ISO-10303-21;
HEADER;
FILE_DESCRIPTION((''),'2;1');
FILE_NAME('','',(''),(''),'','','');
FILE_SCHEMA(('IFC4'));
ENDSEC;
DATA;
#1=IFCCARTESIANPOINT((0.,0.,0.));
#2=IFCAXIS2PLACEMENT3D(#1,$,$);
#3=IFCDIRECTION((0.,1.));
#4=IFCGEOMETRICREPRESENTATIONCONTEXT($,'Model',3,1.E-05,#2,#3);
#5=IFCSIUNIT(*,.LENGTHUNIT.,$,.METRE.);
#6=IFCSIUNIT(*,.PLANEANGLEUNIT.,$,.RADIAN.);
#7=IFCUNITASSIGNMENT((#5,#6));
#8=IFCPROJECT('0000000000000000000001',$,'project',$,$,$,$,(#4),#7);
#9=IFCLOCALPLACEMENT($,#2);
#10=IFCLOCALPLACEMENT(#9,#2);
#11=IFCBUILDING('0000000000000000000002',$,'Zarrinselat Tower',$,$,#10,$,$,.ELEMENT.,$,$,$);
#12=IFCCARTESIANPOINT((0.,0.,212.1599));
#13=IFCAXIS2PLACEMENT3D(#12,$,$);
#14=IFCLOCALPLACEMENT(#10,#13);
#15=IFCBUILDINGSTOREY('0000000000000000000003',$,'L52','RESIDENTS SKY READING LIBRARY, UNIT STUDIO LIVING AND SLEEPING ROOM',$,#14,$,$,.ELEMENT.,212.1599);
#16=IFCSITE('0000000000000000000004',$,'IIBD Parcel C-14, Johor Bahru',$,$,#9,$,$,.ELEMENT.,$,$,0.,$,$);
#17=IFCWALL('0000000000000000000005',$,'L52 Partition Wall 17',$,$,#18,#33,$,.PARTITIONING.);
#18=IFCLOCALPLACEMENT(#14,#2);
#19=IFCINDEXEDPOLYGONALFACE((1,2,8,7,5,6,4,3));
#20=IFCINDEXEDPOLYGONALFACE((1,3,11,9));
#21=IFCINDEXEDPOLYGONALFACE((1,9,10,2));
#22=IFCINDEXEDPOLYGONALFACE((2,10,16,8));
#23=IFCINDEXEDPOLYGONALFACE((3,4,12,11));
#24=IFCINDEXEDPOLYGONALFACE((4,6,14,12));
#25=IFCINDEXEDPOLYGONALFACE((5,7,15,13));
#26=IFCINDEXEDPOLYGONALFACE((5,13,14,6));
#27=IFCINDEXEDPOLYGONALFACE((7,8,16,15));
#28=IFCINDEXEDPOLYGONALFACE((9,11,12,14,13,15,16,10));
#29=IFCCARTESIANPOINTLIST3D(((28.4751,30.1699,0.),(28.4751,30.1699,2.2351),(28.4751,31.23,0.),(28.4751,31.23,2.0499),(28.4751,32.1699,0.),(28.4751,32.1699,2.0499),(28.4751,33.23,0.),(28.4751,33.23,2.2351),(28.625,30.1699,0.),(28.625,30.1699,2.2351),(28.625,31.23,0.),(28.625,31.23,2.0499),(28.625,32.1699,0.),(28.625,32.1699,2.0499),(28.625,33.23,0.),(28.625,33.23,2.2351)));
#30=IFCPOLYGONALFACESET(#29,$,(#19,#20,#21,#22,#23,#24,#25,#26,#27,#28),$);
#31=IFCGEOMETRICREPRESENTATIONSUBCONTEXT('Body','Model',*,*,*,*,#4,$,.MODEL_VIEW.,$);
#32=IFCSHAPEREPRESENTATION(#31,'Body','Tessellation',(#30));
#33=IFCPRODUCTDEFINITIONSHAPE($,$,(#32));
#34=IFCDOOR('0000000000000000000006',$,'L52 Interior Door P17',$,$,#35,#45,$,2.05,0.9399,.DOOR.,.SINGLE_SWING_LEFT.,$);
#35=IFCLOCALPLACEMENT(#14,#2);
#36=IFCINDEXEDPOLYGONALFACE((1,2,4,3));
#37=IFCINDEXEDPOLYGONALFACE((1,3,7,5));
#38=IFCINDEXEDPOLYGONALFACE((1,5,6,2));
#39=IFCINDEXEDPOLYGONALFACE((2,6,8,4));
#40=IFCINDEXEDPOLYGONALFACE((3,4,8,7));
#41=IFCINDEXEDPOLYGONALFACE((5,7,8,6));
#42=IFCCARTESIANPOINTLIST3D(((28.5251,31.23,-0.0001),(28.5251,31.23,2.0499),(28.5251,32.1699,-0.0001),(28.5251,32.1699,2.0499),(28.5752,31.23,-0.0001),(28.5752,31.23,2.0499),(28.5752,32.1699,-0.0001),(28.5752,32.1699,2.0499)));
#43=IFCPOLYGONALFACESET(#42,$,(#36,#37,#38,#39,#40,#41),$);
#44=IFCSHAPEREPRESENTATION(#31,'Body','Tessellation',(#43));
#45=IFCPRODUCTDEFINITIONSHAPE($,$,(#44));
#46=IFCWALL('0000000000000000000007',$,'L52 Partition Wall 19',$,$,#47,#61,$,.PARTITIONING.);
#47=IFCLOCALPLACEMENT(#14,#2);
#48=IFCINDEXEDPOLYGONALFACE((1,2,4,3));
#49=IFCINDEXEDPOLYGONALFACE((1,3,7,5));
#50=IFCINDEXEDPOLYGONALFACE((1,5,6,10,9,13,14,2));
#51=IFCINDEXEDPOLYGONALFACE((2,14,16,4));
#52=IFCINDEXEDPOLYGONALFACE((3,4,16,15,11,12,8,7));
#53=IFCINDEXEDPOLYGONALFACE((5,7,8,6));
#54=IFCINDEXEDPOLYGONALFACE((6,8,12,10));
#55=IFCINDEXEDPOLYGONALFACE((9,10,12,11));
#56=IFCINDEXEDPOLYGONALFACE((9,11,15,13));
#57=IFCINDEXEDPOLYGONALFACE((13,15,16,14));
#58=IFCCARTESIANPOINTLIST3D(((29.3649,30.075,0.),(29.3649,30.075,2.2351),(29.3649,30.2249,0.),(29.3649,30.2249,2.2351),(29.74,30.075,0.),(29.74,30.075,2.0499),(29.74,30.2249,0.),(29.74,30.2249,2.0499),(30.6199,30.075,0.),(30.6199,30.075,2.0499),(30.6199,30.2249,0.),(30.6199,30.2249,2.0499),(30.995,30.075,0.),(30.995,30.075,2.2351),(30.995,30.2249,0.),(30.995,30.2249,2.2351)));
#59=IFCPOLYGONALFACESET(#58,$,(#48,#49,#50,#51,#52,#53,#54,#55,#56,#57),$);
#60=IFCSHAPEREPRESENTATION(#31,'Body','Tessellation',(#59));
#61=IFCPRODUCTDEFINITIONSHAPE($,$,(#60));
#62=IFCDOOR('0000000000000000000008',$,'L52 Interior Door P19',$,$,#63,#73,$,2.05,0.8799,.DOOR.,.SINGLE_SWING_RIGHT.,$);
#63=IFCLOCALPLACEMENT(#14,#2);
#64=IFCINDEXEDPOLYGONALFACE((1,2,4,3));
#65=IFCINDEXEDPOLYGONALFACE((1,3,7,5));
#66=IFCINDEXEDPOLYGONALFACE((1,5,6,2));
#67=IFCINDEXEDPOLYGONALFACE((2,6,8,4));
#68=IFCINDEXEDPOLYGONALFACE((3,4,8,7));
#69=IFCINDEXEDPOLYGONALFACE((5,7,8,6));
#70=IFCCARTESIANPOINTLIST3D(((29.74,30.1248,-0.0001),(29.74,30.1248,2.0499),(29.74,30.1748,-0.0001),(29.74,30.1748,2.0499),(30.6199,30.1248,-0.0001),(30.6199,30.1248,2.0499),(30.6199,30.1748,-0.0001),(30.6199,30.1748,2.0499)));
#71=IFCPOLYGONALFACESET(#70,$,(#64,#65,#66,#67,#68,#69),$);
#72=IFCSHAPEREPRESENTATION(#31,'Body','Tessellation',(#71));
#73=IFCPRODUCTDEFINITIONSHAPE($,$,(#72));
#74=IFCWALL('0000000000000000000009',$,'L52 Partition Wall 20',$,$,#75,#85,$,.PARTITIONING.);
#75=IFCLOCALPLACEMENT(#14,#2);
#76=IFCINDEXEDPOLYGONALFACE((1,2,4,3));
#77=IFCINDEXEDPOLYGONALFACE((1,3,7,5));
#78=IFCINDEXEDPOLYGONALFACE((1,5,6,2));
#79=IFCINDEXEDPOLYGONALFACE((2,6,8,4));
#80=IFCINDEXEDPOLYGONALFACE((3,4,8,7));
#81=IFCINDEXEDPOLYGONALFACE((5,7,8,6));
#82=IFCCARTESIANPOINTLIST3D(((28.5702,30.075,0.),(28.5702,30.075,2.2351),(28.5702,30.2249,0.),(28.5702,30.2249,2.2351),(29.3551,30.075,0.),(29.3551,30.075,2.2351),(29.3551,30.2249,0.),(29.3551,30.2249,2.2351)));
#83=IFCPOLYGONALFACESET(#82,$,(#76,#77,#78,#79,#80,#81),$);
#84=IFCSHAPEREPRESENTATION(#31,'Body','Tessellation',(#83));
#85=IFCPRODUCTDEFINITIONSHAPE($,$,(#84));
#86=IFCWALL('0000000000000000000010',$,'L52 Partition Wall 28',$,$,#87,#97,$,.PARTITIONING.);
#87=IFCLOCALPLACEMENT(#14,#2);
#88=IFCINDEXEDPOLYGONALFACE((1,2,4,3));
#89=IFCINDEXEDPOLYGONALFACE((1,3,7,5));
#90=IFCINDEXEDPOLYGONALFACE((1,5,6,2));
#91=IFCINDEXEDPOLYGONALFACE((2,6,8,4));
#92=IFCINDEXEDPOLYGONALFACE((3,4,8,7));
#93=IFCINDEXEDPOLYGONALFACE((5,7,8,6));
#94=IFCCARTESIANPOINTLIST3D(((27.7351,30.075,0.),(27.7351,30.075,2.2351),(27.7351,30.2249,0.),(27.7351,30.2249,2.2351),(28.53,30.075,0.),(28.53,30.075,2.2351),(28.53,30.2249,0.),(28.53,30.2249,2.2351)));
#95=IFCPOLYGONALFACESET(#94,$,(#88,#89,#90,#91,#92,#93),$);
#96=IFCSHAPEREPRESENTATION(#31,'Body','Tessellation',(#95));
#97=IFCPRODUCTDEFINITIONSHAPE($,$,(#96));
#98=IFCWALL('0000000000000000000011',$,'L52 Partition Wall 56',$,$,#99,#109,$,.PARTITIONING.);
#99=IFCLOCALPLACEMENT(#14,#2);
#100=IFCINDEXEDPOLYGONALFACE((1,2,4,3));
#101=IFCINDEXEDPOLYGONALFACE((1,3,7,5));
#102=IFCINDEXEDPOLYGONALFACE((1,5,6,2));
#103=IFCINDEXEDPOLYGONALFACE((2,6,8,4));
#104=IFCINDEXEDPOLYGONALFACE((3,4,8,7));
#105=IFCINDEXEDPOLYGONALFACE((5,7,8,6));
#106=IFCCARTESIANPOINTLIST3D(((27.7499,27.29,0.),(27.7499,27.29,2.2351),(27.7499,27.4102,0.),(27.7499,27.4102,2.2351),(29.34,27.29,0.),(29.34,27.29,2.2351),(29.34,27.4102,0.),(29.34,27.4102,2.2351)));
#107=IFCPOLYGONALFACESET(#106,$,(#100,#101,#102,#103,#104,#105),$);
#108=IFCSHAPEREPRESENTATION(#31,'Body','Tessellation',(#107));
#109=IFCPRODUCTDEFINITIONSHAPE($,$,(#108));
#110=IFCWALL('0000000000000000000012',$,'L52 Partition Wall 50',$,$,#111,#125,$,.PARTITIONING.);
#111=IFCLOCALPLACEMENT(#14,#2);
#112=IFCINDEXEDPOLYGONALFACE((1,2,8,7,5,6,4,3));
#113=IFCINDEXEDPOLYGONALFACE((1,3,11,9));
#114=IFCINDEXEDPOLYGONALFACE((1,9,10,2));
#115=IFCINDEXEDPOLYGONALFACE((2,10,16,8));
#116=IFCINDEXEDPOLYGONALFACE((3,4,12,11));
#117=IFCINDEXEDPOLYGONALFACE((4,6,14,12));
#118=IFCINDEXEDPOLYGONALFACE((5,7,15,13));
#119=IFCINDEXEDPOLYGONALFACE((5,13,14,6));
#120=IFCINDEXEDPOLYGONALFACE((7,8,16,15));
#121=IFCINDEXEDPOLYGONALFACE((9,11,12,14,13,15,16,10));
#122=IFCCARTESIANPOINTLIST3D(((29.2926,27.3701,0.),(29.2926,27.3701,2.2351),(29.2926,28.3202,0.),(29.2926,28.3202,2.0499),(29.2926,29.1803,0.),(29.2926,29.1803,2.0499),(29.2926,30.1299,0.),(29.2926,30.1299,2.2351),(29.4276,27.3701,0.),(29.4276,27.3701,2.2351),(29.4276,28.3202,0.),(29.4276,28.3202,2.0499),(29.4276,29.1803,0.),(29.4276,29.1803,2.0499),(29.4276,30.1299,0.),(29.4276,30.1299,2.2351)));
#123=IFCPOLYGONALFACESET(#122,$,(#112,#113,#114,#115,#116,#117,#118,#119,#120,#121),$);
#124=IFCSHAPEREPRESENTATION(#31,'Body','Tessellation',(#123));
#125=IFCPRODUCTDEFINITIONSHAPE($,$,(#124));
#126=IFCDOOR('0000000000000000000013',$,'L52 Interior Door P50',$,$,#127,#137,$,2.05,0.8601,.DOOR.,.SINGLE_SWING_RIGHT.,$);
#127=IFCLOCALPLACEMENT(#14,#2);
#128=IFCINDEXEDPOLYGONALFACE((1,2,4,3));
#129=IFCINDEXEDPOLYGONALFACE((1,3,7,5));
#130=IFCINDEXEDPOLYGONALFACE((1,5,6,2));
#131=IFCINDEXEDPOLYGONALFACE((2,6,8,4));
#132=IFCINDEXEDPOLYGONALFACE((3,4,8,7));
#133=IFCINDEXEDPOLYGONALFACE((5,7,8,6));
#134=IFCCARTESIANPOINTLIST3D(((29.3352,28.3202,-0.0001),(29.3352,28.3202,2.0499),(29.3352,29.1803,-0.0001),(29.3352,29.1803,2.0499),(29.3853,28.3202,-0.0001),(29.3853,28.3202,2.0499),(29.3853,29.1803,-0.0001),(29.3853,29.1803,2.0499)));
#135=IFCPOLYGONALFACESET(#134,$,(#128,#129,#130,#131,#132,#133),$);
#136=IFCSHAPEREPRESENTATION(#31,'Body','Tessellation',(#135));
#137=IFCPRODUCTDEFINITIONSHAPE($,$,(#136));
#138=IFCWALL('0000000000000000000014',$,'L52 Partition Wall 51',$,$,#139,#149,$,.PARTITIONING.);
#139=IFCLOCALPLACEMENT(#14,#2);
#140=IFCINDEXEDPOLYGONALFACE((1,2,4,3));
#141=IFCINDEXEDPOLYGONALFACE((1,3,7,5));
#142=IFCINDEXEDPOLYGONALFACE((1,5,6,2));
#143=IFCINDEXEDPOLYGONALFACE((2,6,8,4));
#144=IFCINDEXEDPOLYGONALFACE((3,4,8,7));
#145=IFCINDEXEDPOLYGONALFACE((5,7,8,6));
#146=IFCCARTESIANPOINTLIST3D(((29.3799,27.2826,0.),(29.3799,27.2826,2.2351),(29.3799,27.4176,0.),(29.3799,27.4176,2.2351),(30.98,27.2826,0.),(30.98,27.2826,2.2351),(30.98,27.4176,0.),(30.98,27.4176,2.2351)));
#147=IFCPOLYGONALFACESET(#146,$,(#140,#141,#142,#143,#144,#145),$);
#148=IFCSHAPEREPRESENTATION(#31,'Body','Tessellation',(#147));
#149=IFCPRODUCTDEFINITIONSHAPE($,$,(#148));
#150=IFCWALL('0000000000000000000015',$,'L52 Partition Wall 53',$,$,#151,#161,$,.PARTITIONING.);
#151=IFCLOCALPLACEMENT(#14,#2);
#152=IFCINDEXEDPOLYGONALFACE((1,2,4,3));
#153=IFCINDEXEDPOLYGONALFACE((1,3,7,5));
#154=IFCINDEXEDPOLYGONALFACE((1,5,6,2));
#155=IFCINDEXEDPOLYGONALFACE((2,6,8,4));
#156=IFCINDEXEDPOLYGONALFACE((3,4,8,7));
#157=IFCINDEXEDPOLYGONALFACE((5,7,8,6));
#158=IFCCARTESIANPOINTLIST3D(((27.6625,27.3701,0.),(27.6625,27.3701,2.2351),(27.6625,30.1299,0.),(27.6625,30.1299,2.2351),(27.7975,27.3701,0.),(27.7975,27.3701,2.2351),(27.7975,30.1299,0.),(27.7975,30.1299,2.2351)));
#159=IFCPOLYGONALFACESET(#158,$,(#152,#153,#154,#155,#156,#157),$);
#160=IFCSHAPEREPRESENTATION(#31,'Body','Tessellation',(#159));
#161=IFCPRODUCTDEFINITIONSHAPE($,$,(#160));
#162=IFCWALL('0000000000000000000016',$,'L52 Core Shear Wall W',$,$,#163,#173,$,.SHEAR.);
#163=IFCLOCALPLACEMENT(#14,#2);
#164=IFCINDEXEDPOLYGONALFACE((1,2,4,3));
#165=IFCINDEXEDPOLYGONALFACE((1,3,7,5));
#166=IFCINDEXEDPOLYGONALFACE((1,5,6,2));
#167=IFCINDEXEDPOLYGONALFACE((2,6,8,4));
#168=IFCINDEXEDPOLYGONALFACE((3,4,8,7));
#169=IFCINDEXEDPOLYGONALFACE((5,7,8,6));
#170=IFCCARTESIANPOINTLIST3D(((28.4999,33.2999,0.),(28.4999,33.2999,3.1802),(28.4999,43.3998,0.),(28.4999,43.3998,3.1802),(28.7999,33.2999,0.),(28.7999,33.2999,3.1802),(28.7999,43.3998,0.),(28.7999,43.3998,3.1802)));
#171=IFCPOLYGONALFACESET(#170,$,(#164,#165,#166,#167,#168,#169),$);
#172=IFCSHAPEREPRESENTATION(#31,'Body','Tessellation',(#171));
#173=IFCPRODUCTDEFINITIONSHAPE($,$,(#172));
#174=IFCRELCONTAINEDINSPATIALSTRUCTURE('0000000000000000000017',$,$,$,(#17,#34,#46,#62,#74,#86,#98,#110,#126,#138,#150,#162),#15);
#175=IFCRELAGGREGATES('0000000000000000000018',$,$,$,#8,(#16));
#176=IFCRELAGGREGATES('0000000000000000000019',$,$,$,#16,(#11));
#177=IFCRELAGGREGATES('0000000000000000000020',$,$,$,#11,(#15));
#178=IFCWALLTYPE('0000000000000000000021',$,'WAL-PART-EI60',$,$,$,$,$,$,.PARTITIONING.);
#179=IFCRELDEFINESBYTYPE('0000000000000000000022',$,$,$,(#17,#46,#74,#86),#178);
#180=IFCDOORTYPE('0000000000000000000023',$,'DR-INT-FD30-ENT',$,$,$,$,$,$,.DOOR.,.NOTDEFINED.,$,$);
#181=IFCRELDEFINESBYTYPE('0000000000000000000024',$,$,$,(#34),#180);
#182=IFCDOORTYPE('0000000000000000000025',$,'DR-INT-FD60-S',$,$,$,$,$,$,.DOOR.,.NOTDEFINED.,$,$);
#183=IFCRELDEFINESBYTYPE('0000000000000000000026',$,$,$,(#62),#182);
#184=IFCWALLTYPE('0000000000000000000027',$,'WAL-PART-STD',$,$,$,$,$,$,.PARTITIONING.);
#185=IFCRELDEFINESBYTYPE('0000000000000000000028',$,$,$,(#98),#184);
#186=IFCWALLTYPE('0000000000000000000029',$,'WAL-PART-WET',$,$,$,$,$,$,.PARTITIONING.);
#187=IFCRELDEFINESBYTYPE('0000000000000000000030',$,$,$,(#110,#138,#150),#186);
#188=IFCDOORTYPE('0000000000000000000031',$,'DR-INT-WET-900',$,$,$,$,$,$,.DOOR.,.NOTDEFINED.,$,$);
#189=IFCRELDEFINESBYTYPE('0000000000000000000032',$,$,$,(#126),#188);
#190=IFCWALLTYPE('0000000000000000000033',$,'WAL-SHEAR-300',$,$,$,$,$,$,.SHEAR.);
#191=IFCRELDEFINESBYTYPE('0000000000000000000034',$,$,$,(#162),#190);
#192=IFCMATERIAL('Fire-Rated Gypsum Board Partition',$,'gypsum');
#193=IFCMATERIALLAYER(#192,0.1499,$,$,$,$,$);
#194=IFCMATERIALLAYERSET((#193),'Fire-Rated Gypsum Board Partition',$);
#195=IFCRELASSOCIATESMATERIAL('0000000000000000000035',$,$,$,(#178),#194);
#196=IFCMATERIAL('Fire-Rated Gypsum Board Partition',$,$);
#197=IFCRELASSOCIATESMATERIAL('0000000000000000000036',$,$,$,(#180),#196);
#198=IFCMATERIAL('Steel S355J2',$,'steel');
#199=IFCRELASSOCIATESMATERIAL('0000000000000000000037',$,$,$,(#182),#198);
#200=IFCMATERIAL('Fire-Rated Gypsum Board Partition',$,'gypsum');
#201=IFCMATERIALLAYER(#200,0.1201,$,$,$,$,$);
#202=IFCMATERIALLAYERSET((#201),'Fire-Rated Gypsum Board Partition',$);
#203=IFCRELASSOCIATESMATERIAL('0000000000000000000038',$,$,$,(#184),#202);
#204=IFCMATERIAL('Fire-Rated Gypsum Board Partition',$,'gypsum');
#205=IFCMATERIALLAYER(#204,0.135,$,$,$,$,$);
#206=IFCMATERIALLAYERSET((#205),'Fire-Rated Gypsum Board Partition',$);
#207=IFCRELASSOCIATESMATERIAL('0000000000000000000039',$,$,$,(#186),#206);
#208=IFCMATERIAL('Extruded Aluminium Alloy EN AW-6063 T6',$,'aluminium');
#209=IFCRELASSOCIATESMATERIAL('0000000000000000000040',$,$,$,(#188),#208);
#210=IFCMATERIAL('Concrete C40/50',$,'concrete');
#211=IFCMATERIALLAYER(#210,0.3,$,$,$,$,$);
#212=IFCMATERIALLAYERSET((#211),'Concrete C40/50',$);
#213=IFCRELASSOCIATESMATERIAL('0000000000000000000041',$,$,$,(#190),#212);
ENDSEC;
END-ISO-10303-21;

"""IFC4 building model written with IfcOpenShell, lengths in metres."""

from ifc_helpers import new_model, si_unit, direction, frame, frame_2d, origin, place, context, subcontext, project, spatial, rectangle, extrude, material, layer, layer_set, type_object, element, fill, save


model = new_model("IFC4")

# Units and contexts
model_context = context("Model", 3, precision=1e-05, world=origin(), true_north=direction((0.0, 1.0)))
body_context = subcontext(model_context, "Body", "Model", "MODEL_VIEW")
ifc_project = project(units=[si_unit("LENGTHUNIT", "METRE"), si_unit("PLANEANGLEUNIT", "RADIAN")], contexts=[model_context])

# Site, building, storey
site_placement = place(None, origin())
site = spatial("IfcSite", under=ifc_project, at=site_placement, Name="IIBD Parcel C-14, Johor Bahru", CompositionType="ELEMENT", RefElevation=0.0)
building_placement = place(site_placement, origin())
building = spatial("IfcBuilding", under=site, at=building_placement, Name="Zarrinselat Tower", CompositionType="ELEMENT")
storey_placement = place(building_placement, frame((0.0, 0.0, 212.1599)))
storey = spatial("IfcBuildingStorey", under=building, at=storey_placement, Name="L52", Description="RESIDENTS SKY READING LIBRARY, UNIT STUDIO LIVING AND SLEEPING ROOM", CompositionType="ELEMENT", Elevation=212.1599)

# Walls, openings, doors
ifc_material_1 = material(Name="Fire-Rated Gypsum Board Partition", Category="gypsum")
ifc_layer_1 = layer(ifc_material_1, 0.1499)
ifc_layer_set_1 = layer_set([ifc_layer_1], Name="Fire-Rated Gypsum Board Partition")
wall_type_1 = type_object("IfcWallType", Name="WAL-PART-EI60", PredefinedType="PARTITIONING", material=ifc_layer_set_1)
wall_1_placement = place(storey_placement, frame((28.55, 30.1699, 0.0), z_axis=(0.0, 0.0, 1.0), x_axis=(0.0, 1.0, 0.0)))
wall_1 = element("IfcWall", 1, at=wall_1_placement, inside=storey, type_object=wall_type_1, Name="L52 Partition Wall 17", PredefinedType="PARTITIONING", context=body_context, shape_type="SweptSolid", body=[
    extrude(rectangle(XDim=3.0601, YDim=0.1499, at=frame_2d((1.53, 0.0))), origin(), (0.0, 0.0, 1.0), 2.2351),
])
opening_1_placement = place(wall_1_placement, frame((1.0601, 0.0, 0.0)))
opening_1 = element("IfcOpeningElement", 2, at=opening_1_placement, cuts=wall_1, PredefinedType="OPENING", context=body_context, shape_type="SweptSolid", body=[
    extrude(rectangle(XDim=0.9399, YDim=2.05, at=frame_2d((0.47, 1.0249))), frame((0.0, 0.085, 0.0), z_axis=(0.0, -1.0, 0.0), x_axis=(1.0, 0.0, 0.0)), (0.0, 0.0, 1.0), 0.1699),
])
ifc_material_2 = material(Name="Fire-Rated Gypsum Board Partition")
door_type_1 = type_object("IfcDoorType", Name="DR-INT-FD30-ENT", OperationType="NOTDEFINED", PredefinedType="DOOR", material=ifc_material_2)
door_1_placement = place(opening_1_placement, origin())
door_1 = element("IfcDoor", 3, at=door_1_placement, inside=storey, type_object=door_type_1, Name="L52 Interior Door P17", OperationType="SINGLE_SWING_LEFT", OverallHeight=2.05, OverallWidth=0.9399, PredefinedType="DOOR", context=body_context, shape_type="SweptSolid", body=[
    extrude(rectangle(XDim=0.9399, YDim=2.05, at=frame_2d((0.47, 1.0249))), frame((0.0, 0.0249, 0.0), z_axis=(0.0, -1.0, 0.0), x_axis=(1.0, 0.0, 0.0)), (0.0, 0.0, 1.0), 0.05),
])
fill(opening_1, door_1)
wall_2_placement = place(storey_placement, frame((29.365, 30.1499, 0.0), z_axis=(0.0, 0.0, 1.0), x_axis=(1.0, 0.0, 0.0)))
wall_2 = element("IfcWall", 4, at=wall_2_placement, inside=storey, type_object=wall_type_1, Name="L52 Partition Wall 19", PredefinedType="PARTITIONING", context=body_context, shape_type="SweptSolid", body=[
    extrude(rectangle(XDim=1.6301, YDim=0.1499, at=frame_2d((0.8149, 0.0))), origin(), (0.0, 0.0, 1.0), 2.2351),
])
opening_2_placement = place(wall_2_placement, frame((0.375, 0.0, 0.0)))
opening_2 = element("IfcOpeningElement", 5, at=opening_2_placement, cuts=wall_2, PredefinedType="OPENING", context=body_context, shape_type="SweptSolid", body=[
    extrude(rectangle(XDim=0.8799, YDim=2.05, at=frame_2d((0.4399, 1.0249))), frame((0.0, 0.085, 0.0), z_axis=(0.0, -1.0, 0.0), x_axis=(1.0, 0.0, 0.0)), (0.0, 0.0, 1.0), 0.1699),
])
ifc_material_3 = material(Name="Steel S355J2", Category="steel")
door_type_2 = type_object("IfcDoorType", Name="DR-INT-FD60-S", OperationType="NOTDEFINED", PredefinedType="DOOR", material=ifc_material_3)
door_2_placement = place(opening_2_placement, origin())
door_2 = element("IfcDoor", 6, at=door_2_placement, inside=storey, type_object=door_type_2, Name="L52 Interior Door P19", OperationType="SINGLE_SWING_RIGHT", OverallHeight=2.05, OverallWidth=0.8799, PredefinedType="DOOR", context=body_context, shape_type="SweptSolid", body=[
    extrude(rectangle(XDim=0.8799, YDim=2.05, at=frame_2d((0.4399, 1.0249))), frame((0.0, 0.0249, 0.0), z_axis=(0.0, -1.0, 0.0), x_axis=(1.0, 0.0, 0.0)), (0.0, 0.0, 1.0), 0.05),
])
fill(opening_2, door_2)

# Walls
wall_3_placement = place(storey_placement, frame((28.5701, 30.1499, 0.0), z_axis=(0.0, 0.0, 1.0), x_axis=(1.0, 0.0, 0.0)))
element("IfcWall", 7, at=wall_3_placement, inside=storey, type_object=wall_type_1, Name="L52 Partition Wall 20", PredefinedType="PARTITIONING", context=body_context, shape_type="SweptSolid", body=[
    extrude(rectangle(XDim=0.7849, YDim=0.1499, at=frame_2d((0.3926, 0.0))), origin(), (0.0, 0.0, 1.0), 2.2351),
])
wall_4_placement = place(storey_placement, frame((27.7351, 30.1499, 0.0), z_axis=(0.0, 0.0, 1.0), x_axis=(1.0, 0.0, 0.0)))
element("IfcWall", 8, at=wall_4_placement, inside=storey, type_object=wall_type_1, Name="L52 Partition Wall 28", PredefinedType="PARTITIONING", context=body_context, shape_type="SweptSolid", body=[
    extrude(rectangle(XDim=0.7949, YDim=0.1499, at=frame_2d((0.3975, 0.0))), origin(), (0.0, 0.0, 1.0), 2.2351),
])
ifc_material_4 = material(Name="Fire-Rated Gypsum Board Partition", Category="gypsum")
ifc_layer_2 = layer(ifc_material_4, 0.1201)
ifc_layer_set_2 = layer_set([ifc_layer_2], Name="Fire-Rated Gypsum Board Partition")
wall_type_2 = type_object("IfcWallType", Name="WAL-PART-STD", PredefinedType="PARTITIONING", material=ifc_layer_set_2)
wall_5_placement = place(storey_placement, frame((27.75, 27.3501, 0.0), z_axis=(0.0, 0.0, 1.0), x_axis=(1.0, 0.0, 0.0)))
element("IfcWall", 9, at=wall_5_placement, inside=storey, type_object=wall_type_2, Name="L52 Partition Wall 56", PredefinedType="PARTITIONING", context=body_context, shape_type="SweptSolid", body=[
    extrude(rectangle(XDim=1.5901, YDim=0.1201, at=frame_2d((0.7949, 0.0))), origin(), (0.0, 0.0, 1.0), 2.2351),
])

# Wall, opening, door
ifc_material_5 = material(Name="Fire-Rated Gypsum Board Partition", Category="gypsum")
ifc_layer_3 = layer(ifc_material_5, 0.135)
ifc_layer_set_3 = layer_set([ifc_layer_3], Name="Fire-Rated Gypsum Board Partition")
wall_type_3 = type_object("IfcWallType", Name="WAL-PART-WET", PredefinedType="PARTITIONING", material=ifc_layer_set_3)
wall_6_placement = place(storey_placement, frame((29.3601, 27.3701, 0.0), z_axis=(0.0, 0.0, 1.0), x_axis=(0.0, 1.0, 0.0)))
wall_6 = element("IfcWall", 10, at=wall_6_placement, inside=storey, type_object=wall_type_3, Name="L52 Partition Wall 50", PredefinedType="PARTITIONING", context=body_context, shape_type="SweptSolid", body=[
    extrude(rectangle(XDim=2.7598, YDim=0.135, at=frame_2d((1.3799, 0.0))), origin(), (0.0, 0.0, 1.0), 2.2351),
])
opening_3_placement = place(wall_6_placement, frame((0.95, 0.0, 0.0)))
opening_3 = element("IfcOpeningElement", 11, at=opening_3_placement, cuts=wall_6, PredefinedType="OPENING", context=body_context, shape_type="SweptSolid", body=[
    extrude(rectangle(XDim=0.8601, YDim=2.05, at=frame_2d((0.4302, 1.0249))), frame((0.0, 0.0774, 0.0), z_axis=(0.0, -1.0, 0.0), x_axis=(1.0, 0.0, 0.0)), (0.0, 0.0, 1.0), 0.155),
])
ifc_material_6 = material(Name="Extruded Aluminium Alloy EN AW-6063 T6", Category="aluminium")
door_type_3 = type_object("IfcDoorType", Name="DR-INT-WET-900", OperationType="NOTDEFINED", PredefinedType="DOOR", material=ifc_material_6)
door_3_placement = place(opening_3_placement, origin())
door_3 = element("IfcDoor", 12, at=door_3_placement, inside=storey, type_object=door_type_3, Name="L52 Interior Door P50", OperationType="SINGLE_SWING_RIGHT", OverallHeight=2.05, OverallWidth=0.8601, PredefinedType="DOOR", context=body_context, shape_type="SweptSolid", body=[
    extrude(rectangle(XDim=0.8601, YDim=2.05, at=frame_2d((0.4302, 1.0249))), frame((0.0, 0.0249, 0.0), z_axis=(0.0, -1.0, 0.0), x_axis=(1.0, 0.0, 0.0)), (0.0, 0.0, 1.0), 0.05),
])
fill(opening_3, door_3)

# Walls
wall_7_placement = place(storey_placement, frame((29.3799, 27.3501, 0.0), z_axis=(0.0, 0.0, 1.0), x_axis=(1.0, 0.0, 0.0)))
element("IfcWall", 13, at=wall_7_placement, inside=storey, type_object=wall_type_3, Name="L52 Partition Wall 51", PredefinedType="PARTITIONING", context=body_context, shape_type="SweptSolid", body=[
    extrude(rectangle(XDim=1.6001, YDim=0.135, at=frame_2d((0.8, 0.0))), origin(), (0.0, 0.0, 1.0), 2.2351),
])
wall_8_placement = place(storey_placement, frame((27.73, 27.3701, 0.0), z_axis=(0.0, 0.0, 1.0), x_axis=(0.0, 1.0, 0.0)))
element("IfcWall", 14, at=wall_8_placement, inside=storey, type_object=wall_type_3, Name="L52 Partition Wall 53", PredefinedType="PARTITIONING", context=body_context, shape_type="SweptSolid", body=[
    extrude(rectangle(XDim=2.7598, YDim=0.135, at=frame_2d((1.3799, 0.0))), origin(), (0.0, 0.0, 1.0), 2.2351),
])

# Shared definitions
ifc_material_7 = material(Name="Concrete C40/50", Category="concrete")
ifc_layer_4 = layer(ifc_material_7, 0.3)
ifc_layer_set_4 = layer_set([ifc_layer_4], Name="Concrete C40/50")
wall_type_4 = type_object("IfcWallType", Name="WAL-SHEAR-300", PredefinedType="SHEAR", material=ifc_layer_set_4)

# Wall
wall_9_placement = place(storey_placement, frame((28.6499, 33.3, 0.0), z_axis=(0.0, 0.0, 1.0), x_axis=(0.0, 1.0, 0.0)))
element("IfcWall", 15, at=wall_9_placement, inside=storey, type_object=wall_type_4, Name="L52 Core Shear Wall W", PredefinedType="SHEAR", context=body_context, shape_type="SweptSolid", body=[
    extrude(rectangle(XDim=10.0999, YDim=0.3, at=frame_2d((5.0498, 0.0))), origin(), (0.0, 0.0, 1.0), 3.1802),
])

save(model, "model.ifc")
